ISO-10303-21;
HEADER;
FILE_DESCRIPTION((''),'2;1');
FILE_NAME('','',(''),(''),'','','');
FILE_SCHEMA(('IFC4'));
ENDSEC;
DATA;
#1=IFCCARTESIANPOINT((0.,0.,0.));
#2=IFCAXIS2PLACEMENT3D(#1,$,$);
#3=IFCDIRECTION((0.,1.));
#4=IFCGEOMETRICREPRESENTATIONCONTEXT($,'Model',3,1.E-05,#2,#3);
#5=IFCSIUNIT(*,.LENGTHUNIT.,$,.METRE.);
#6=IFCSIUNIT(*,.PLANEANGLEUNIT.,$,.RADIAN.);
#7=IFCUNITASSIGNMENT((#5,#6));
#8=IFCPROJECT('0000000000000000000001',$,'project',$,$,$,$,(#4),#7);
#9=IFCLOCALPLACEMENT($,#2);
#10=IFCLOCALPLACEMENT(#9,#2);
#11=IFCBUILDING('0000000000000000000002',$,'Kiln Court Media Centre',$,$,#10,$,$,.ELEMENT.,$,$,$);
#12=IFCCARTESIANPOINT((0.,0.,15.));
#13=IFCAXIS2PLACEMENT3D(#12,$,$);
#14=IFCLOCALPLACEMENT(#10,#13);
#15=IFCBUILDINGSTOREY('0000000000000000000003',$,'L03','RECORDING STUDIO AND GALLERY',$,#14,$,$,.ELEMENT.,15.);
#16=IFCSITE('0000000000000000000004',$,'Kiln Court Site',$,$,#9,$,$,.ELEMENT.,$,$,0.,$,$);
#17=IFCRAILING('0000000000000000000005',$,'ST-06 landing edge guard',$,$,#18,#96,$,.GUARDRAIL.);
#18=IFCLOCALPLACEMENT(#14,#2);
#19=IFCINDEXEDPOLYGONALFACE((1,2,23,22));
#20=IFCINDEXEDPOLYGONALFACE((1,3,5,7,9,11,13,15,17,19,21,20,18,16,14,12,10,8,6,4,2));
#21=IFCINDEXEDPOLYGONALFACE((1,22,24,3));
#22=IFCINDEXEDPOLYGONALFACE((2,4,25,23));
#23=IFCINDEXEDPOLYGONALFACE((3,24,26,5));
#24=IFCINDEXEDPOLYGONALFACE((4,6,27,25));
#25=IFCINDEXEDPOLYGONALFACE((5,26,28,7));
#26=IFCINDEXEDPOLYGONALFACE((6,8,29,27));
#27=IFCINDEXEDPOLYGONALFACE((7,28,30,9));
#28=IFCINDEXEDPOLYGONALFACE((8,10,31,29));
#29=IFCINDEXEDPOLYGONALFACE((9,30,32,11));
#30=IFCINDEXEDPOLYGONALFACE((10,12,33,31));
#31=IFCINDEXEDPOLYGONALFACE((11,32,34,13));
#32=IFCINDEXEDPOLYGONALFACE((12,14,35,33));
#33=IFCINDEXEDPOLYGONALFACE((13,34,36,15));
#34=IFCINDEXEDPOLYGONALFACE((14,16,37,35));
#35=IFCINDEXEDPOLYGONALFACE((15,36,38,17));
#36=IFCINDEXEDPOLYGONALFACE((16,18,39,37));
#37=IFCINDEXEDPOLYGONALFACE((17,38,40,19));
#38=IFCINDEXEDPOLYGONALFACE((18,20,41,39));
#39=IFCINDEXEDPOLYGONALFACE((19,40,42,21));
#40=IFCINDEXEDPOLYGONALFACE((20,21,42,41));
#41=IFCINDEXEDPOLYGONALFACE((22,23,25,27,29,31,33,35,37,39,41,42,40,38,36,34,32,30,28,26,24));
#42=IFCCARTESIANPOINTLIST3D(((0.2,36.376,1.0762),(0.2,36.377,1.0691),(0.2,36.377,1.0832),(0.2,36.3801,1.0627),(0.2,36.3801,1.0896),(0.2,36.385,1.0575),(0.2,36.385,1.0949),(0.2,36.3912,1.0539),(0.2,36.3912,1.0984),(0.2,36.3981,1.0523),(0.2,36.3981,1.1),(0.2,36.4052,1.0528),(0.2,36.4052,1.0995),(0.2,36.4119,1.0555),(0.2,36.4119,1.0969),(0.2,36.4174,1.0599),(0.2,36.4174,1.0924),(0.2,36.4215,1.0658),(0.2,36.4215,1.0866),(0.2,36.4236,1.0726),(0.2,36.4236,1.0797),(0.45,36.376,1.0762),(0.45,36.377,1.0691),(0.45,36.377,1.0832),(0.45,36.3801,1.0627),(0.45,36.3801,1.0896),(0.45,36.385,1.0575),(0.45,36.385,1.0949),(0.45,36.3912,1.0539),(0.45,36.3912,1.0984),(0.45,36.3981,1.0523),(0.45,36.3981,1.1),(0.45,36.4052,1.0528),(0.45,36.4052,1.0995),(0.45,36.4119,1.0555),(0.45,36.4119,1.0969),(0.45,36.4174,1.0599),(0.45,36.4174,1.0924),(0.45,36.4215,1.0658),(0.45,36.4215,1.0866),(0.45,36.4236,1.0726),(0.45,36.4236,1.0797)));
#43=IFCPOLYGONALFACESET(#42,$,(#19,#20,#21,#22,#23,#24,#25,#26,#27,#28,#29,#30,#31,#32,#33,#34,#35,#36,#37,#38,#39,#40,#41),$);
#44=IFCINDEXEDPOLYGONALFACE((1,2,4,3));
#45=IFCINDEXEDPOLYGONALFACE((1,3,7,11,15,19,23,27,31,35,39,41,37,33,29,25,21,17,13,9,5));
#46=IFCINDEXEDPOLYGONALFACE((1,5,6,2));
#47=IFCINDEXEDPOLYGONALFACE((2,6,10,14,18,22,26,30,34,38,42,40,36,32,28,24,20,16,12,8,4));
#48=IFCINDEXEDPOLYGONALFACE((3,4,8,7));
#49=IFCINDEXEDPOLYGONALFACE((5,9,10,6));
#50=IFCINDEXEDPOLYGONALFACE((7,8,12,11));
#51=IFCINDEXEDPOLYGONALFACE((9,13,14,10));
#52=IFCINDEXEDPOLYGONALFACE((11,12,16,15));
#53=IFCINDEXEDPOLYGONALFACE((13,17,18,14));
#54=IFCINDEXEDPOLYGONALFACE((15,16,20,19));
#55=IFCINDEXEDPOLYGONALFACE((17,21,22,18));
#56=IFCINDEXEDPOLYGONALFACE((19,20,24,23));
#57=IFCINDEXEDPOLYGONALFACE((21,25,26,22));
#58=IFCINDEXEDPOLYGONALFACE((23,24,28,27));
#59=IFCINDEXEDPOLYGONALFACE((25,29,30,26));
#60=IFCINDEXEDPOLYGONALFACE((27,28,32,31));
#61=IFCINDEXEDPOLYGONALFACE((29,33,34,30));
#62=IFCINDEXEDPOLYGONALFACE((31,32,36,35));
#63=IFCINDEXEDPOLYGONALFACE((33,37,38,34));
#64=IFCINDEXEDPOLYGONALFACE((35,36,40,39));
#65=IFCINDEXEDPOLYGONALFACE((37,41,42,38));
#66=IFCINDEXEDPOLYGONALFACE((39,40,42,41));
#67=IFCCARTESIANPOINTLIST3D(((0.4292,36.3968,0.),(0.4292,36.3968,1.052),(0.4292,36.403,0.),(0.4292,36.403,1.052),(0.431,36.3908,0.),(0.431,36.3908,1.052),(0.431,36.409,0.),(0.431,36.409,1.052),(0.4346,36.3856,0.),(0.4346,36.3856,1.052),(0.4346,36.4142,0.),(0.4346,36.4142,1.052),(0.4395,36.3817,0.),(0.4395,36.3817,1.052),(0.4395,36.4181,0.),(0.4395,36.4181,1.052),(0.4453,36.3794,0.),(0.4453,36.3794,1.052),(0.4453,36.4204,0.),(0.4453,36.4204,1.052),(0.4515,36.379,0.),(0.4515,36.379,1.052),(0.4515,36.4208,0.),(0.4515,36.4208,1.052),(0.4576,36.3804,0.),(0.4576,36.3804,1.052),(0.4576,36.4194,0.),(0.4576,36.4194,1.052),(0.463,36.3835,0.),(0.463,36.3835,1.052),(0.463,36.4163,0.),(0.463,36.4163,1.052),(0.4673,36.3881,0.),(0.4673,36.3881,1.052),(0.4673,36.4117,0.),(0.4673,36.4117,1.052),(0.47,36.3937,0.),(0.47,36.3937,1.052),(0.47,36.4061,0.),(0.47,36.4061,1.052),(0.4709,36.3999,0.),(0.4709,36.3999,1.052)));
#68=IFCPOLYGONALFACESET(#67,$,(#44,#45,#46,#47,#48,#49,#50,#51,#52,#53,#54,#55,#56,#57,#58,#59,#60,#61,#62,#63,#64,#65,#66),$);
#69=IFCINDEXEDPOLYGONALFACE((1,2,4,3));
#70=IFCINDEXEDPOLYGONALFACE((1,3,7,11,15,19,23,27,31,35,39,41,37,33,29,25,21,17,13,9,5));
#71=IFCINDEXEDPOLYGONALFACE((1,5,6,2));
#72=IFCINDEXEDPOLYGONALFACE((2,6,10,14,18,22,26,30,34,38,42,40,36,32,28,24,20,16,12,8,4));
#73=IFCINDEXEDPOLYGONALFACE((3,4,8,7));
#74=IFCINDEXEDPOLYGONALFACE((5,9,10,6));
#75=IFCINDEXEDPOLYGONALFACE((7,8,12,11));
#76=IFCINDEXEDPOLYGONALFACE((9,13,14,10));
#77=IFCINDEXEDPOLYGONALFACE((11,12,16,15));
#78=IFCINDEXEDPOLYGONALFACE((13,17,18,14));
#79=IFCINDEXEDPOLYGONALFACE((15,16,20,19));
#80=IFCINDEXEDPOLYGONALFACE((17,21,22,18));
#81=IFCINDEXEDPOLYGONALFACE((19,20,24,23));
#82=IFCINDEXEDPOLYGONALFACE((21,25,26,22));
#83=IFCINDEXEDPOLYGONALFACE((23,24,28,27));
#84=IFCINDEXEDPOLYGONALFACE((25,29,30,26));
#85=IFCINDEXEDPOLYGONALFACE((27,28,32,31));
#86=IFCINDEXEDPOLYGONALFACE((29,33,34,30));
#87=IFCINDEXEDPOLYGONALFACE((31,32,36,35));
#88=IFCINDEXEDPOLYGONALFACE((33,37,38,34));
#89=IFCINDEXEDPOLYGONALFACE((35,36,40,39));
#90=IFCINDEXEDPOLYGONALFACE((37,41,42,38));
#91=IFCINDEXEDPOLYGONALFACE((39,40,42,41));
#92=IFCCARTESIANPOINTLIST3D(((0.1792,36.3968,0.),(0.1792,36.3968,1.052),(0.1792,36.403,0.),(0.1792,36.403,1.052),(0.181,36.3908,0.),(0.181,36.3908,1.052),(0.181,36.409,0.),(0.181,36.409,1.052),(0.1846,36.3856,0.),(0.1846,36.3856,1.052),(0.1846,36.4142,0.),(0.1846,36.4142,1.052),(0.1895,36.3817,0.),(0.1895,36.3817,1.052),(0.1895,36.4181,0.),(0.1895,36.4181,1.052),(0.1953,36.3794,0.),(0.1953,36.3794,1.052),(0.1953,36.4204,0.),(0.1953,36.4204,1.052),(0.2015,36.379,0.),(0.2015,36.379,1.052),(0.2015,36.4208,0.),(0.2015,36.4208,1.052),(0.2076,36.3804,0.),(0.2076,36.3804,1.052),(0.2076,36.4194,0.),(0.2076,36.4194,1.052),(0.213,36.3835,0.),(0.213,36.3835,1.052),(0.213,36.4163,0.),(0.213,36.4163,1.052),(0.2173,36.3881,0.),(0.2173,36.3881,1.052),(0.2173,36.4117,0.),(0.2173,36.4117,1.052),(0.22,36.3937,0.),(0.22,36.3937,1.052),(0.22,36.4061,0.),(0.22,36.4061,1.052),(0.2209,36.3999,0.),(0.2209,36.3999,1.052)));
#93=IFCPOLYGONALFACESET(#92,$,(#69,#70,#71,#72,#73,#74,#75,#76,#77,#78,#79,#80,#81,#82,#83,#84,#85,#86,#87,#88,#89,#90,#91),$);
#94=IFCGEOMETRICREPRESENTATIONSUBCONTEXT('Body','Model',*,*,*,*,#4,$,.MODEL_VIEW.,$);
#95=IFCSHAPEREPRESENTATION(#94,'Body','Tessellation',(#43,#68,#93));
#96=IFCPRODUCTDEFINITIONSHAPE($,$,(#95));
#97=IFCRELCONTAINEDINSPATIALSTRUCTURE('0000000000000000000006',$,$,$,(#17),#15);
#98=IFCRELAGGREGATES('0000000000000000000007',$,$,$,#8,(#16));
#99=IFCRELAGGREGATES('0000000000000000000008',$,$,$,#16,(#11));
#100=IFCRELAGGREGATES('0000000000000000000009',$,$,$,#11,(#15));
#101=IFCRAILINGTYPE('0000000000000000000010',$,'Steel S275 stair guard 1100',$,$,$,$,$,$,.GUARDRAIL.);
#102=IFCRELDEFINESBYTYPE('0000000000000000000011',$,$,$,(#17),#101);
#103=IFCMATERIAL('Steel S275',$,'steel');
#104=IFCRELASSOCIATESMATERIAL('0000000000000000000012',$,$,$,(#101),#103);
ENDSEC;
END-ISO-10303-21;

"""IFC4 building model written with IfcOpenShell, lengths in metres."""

from ifc_helpers import new_model, si_unit, direction, frame, origin, origin_2d, place, context, subcontext, project, spatial, circle, extrude, material, type_object, element, save


model = new_model("IFC4")

# Units and contexts
model_context = context("Model", 3, precision=1e-05, world=origin(), true_north=direction((0.0, 1.0)))
body_context = subcontext(model_context, "Body", "Model", "MODEL_VIEW")
ifc_project = project(units=[si_unit("LENGTHUNIT", "METRE"), si_unit("PLANEANGLEUNIT", "RADIAN")], contexts=[model_context])

# Site, building, storey
site_placement = place(None, origin())
site = spatial("IfcSite", under=ifc_project, at=site_placement, Name="Kiln Court Site", CompositionType="ELEMENT", RefElevation=0.0)
building_placement = place(site_placement, origin())
building = spatial("IfcBuilding", under=site, at=building_placement, Name="Kiln Court Media Centre", CompositionType="ELEMENT")
storey_placement = place(building_placement, frame((0.0, 0.0, 15.0)))
storey = spatial("IfcBuildingStorey", under=building, at=storey_placement, Name="L03", Description="RECORDING STUDIO AND GALLERY", CompositionType="ELEMENT", Elevation=15.0)

# Railing
ifc_material_1 = material(Name="Steel S275", Category="steel")
railing_type_1 = type_object("IfcRailingType", Name="Steel S275 stair guard 1100", PredefinedType="GUARDRAIL", material=ifc_material_1)
for number, where, name in (
    (1, (0.45, 36.3999, 0.0), "ST-06 landing edge guard"),
):
    element("IfcRailing", number, at=place(storey_placement, frame(where)), inside=storey, type_object=railing_type_1, Name=name, PredefinedType="GUARDRAIL", context=body_context, shape_type="SweptSolid", body=[
        extrude(circle(Radius=0.0239, at=origin_2d()), frame((0.0, 0.0, 1.0762), z_axis=(-1.0, 0.0, 0.0), x_axis=(0.0, -1.0, 0.0)), (0.0, 0.0, 1.0), 0.25),
        extrude(circle(Radius=0.021, at=origin_2d()), origin(), (0.0, 0.0, 1.0), 1.052),
        extrude(circle(Radius=0.021, at=origin_2d()), frame((-0.25, 0.0, 0.0)), (0.0, 0.0, 1.0), 1.052),
    ])

save(model, "model.ifc")
